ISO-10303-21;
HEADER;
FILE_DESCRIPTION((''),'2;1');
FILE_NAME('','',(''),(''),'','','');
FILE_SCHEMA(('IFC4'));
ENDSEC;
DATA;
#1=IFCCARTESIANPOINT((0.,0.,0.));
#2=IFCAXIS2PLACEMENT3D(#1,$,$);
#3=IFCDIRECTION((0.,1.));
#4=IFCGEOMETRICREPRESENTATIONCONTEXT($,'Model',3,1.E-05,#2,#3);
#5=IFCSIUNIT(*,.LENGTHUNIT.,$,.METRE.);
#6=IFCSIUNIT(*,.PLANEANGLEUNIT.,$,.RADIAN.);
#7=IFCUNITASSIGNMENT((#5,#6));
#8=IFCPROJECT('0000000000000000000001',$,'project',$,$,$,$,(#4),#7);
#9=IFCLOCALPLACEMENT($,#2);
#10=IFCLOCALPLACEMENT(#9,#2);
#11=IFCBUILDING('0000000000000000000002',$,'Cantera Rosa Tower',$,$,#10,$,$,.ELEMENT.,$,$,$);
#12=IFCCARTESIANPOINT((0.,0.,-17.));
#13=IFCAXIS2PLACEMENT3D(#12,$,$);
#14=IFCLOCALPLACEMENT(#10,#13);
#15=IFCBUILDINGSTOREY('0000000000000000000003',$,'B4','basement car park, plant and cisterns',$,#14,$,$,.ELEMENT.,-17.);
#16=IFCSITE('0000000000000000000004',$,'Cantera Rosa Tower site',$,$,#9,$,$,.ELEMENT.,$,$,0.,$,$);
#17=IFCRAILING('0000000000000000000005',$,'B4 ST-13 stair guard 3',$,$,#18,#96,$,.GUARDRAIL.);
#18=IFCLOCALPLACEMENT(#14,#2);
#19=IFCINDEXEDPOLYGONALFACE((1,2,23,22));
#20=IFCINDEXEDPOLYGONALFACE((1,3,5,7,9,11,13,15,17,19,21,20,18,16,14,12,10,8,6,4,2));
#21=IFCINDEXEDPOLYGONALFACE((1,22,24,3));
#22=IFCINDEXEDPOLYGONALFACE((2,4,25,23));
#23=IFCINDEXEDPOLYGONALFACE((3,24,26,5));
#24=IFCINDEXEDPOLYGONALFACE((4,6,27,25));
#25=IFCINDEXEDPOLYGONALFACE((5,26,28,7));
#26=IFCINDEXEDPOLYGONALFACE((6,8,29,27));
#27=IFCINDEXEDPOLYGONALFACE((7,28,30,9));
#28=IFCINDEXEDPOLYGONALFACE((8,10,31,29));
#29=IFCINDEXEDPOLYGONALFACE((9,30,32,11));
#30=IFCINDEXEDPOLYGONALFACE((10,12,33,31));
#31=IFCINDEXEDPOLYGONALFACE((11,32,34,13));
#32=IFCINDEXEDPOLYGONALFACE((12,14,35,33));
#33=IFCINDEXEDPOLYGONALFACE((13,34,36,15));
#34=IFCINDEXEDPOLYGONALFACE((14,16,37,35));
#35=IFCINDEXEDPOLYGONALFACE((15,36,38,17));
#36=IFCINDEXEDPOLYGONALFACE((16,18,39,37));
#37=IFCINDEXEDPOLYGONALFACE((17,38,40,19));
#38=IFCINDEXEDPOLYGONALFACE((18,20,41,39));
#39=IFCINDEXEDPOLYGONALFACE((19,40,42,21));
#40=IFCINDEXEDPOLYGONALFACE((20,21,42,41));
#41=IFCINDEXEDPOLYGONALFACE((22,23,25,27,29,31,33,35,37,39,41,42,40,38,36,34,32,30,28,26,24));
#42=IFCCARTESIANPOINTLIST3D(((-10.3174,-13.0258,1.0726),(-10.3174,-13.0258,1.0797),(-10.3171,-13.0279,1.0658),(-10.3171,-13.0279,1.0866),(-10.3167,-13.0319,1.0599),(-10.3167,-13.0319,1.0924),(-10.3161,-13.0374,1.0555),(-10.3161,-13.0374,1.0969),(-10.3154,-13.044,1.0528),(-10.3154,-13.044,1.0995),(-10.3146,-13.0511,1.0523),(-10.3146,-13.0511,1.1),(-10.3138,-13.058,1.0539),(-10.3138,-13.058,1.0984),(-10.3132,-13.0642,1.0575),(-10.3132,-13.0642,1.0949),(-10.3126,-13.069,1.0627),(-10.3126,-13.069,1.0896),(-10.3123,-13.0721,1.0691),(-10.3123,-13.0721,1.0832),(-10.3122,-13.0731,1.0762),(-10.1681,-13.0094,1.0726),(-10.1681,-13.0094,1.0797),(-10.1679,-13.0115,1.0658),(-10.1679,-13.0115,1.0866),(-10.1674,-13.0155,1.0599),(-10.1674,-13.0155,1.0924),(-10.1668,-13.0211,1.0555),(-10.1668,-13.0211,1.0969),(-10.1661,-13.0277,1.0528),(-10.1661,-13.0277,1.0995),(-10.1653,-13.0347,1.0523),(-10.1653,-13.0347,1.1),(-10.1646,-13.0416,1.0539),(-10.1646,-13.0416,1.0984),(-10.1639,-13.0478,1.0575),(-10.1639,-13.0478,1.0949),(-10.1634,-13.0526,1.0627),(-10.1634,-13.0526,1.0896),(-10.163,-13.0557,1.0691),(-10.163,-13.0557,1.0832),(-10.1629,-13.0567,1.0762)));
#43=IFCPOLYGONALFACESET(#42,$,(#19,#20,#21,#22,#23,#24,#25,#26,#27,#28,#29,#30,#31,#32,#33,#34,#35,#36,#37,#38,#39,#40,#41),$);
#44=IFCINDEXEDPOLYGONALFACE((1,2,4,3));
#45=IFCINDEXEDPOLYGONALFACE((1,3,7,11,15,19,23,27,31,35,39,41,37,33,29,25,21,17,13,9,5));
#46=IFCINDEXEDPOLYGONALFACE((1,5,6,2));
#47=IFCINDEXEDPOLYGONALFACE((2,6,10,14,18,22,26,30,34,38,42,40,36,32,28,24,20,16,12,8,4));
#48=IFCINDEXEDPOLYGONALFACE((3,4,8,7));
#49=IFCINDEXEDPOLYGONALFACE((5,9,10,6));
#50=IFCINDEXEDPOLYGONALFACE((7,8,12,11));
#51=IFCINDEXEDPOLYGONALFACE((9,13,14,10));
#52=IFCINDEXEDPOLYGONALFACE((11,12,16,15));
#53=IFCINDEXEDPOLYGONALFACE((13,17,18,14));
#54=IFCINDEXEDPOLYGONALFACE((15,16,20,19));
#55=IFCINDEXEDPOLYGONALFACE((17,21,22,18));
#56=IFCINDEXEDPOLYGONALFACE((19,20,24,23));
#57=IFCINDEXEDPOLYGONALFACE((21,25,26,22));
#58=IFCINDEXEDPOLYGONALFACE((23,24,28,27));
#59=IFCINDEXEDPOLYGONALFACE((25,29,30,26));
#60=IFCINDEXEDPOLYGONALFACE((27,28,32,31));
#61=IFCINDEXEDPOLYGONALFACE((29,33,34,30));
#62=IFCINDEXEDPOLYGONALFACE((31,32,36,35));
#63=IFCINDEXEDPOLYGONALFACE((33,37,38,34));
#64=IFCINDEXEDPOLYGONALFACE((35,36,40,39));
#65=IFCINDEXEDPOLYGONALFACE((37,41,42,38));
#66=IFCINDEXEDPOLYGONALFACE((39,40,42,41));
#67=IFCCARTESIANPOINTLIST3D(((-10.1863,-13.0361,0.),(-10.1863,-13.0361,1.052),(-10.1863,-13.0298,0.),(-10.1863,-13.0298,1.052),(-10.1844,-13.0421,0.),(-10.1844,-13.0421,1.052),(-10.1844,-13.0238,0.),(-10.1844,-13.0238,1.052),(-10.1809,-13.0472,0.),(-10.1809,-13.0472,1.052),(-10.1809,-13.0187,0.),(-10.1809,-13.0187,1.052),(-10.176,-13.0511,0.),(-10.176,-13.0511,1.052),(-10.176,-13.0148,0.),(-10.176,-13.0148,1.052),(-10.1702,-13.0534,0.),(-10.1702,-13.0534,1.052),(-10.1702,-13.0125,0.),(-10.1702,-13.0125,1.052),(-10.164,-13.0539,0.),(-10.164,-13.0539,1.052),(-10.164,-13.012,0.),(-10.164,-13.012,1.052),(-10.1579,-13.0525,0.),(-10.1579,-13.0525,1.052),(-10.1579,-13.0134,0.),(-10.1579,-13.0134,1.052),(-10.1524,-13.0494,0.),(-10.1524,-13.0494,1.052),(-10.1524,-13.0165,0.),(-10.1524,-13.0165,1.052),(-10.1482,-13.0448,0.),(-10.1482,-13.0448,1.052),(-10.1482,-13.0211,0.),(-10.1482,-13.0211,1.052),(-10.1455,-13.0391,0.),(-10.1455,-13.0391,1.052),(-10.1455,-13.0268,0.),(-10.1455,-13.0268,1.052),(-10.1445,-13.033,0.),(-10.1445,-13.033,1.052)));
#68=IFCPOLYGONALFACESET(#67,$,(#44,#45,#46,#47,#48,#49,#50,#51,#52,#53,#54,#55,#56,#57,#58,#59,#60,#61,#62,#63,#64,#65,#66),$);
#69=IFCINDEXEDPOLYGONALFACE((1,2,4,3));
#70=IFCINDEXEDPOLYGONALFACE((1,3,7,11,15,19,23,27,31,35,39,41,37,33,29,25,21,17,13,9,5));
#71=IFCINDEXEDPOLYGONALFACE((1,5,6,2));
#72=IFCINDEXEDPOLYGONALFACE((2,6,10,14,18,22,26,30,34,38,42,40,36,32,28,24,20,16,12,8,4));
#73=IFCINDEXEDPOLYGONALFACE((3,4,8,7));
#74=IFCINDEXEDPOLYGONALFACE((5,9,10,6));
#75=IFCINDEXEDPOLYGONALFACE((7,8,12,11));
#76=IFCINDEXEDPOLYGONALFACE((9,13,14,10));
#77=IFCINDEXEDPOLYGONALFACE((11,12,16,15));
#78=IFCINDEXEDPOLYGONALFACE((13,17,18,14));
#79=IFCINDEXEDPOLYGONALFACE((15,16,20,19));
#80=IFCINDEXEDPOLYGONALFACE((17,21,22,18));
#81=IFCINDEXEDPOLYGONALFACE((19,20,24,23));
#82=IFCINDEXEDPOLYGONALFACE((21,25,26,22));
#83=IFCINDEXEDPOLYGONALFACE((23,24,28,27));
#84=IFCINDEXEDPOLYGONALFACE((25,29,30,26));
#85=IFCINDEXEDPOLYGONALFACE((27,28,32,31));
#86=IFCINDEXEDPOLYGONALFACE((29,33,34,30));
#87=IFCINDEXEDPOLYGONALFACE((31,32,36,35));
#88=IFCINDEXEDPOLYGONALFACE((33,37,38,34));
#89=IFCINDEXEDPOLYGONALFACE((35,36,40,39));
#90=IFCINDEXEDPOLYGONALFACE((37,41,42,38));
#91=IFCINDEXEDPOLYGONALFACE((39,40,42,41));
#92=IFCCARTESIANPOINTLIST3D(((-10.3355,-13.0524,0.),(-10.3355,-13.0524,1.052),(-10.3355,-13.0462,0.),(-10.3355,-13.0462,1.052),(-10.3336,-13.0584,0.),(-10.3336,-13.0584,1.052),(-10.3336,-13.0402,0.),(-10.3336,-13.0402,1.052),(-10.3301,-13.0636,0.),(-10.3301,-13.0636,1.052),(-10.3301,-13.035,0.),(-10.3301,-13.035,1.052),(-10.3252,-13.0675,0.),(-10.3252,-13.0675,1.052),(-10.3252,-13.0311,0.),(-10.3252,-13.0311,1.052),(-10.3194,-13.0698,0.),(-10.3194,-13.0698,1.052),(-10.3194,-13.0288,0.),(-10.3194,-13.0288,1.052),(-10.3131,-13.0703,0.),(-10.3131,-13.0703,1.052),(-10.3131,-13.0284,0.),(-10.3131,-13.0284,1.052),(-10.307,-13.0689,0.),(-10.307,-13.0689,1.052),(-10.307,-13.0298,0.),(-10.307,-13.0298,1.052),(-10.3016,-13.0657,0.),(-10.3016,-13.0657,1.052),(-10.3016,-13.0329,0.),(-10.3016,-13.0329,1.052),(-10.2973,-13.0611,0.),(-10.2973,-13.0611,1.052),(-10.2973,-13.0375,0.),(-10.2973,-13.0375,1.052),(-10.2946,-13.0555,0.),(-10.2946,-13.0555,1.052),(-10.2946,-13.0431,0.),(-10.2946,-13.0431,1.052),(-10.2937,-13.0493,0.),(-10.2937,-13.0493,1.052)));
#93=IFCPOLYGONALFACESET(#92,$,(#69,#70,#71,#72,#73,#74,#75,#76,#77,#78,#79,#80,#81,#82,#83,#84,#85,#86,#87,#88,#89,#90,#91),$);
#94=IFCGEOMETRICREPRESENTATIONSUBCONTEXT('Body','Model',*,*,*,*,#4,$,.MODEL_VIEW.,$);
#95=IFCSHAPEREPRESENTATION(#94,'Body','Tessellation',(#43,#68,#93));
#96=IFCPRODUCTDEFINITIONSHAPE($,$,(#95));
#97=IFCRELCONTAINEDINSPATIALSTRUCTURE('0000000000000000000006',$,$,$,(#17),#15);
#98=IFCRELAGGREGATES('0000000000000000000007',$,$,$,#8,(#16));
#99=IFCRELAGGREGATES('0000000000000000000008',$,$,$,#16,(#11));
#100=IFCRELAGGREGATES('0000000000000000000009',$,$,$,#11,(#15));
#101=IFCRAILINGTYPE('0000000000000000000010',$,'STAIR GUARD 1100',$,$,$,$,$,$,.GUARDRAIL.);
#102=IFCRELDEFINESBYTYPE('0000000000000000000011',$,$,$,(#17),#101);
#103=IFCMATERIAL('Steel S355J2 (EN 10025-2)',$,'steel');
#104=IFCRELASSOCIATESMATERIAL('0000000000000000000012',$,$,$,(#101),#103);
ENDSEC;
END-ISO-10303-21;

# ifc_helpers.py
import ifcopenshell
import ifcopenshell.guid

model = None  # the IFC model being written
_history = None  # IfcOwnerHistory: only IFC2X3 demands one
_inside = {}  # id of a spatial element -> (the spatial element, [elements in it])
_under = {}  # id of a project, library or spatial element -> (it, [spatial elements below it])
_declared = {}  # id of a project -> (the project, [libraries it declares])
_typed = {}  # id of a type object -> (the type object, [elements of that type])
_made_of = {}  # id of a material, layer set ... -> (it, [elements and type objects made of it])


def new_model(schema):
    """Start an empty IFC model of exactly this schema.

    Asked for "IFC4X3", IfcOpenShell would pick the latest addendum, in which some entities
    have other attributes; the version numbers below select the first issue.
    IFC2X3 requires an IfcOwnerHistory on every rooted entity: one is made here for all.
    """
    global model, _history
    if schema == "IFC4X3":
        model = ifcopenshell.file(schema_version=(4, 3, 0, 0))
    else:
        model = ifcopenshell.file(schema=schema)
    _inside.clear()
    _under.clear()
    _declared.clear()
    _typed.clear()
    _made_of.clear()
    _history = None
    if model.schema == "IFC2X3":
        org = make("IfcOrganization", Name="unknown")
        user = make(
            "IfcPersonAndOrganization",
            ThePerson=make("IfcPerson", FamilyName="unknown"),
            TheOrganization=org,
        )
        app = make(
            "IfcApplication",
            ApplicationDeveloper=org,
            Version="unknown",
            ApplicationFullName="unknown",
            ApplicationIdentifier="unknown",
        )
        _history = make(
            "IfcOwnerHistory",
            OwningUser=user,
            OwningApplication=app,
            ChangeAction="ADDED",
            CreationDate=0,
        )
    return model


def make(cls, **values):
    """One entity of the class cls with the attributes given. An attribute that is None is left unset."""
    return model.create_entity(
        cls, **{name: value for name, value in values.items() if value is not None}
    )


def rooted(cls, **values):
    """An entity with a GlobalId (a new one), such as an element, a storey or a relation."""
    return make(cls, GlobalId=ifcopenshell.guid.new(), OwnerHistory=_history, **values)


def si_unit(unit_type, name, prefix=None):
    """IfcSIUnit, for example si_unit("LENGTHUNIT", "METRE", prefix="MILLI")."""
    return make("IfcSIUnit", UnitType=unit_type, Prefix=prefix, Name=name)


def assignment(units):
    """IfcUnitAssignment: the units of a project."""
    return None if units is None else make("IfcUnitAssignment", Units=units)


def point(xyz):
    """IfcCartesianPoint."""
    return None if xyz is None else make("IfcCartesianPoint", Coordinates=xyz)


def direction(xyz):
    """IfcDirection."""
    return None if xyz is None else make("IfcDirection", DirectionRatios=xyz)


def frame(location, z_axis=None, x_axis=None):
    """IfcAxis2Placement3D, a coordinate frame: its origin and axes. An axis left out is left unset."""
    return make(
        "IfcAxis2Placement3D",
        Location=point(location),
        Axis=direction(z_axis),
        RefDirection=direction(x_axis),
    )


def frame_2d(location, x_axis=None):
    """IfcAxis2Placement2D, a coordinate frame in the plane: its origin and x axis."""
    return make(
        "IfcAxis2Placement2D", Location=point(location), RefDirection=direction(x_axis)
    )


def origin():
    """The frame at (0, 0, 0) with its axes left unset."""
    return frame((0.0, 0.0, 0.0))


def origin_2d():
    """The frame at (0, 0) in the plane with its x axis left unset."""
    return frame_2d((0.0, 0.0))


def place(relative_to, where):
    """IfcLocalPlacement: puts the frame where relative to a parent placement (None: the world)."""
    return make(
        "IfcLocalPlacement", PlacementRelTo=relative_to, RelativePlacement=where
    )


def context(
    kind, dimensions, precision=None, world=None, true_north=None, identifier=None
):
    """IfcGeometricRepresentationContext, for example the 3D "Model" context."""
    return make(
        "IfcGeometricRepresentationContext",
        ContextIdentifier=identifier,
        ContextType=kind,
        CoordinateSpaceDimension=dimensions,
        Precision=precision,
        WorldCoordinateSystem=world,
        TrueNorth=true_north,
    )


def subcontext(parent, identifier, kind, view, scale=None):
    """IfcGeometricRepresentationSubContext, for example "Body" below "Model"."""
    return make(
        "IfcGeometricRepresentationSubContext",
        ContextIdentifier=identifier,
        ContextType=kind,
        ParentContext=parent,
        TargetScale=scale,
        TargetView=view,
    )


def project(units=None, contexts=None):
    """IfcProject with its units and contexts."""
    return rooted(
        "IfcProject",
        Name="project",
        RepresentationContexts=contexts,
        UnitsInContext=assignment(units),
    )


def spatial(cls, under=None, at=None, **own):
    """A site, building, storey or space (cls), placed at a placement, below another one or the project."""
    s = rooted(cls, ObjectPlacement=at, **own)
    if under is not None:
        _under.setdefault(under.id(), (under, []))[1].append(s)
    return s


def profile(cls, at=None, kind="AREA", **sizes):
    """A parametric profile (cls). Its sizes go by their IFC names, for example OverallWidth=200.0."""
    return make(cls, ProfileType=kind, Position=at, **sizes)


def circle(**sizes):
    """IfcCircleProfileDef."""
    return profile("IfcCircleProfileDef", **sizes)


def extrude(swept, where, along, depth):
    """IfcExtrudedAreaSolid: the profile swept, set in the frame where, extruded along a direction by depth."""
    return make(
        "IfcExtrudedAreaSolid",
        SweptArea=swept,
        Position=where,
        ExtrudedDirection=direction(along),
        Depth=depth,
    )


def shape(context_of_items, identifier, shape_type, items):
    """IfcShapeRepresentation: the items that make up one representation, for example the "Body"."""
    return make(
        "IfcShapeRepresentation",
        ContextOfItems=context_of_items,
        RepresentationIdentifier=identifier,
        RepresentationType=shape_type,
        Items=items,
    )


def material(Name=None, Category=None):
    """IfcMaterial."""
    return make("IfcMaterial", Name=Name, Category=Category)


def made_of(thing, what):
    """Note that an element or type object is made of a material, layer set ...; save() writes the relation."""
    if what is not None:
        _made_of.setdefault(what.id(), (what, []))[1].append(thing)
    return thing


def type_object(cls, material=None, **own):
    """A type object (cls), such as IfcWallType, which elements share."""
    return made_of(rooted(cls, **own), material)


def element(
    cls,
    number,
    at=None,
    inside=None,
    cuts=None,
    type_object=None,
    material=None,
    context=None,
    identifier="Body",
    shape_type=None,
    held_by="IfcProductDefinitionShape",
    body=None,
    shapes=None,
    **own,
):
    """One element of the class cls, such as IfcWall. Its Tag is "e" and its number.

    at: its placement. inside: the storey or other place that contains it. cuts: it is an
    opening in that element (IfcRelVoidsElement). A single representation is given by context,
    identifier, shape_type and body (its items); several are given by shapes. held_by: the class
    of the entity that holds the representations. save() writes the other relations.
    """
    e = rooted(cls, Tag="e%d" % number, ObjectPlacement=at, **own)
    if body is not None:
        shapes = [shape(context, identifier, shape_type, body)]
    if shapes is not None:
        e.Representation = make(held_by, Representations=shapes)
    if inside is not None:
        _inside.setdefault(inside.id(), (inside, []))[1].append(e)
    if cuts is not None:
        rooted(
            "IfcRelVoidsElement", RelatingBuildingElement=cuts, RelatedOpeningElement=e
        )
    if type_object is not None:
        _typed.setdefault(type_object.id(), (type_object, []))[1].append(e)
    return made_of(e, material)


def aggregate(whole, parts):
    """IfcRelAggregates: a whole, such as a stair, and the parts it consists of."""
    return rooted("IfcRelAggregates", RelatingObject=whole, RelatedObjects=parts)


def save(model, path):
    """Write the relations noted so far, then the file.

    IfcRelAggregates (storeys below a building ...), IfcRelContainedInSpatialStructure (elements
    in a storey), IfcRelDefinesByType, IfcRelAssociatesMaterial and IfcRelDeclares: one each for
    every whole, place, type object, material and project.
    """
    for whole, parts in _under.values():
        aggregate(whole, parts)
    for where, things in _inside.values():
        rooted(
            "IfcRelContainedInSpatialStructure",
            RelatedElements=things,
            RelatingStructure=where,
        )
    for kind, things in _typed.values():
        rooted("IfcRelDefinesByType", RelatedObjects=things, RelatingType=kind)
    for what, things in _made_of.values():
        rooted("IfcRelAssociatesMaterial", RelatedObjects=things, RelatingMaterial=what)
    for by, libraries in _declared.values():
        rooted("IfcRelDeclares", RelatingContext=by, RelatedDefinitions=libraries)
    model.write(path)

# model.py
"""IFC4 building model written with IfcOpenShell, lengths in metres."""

from ifc_helpers import new_model, si_unit, direction, frame, origin, origin_2d, place, context, subcontext, project, spatial, circle, extrude, material, type_object, element, save


model = new_model("IFC4")

# Units and contexts
model_context = context("Model", 3, precision=1e-05, world=origin(), true_north=direction((0.0, 1.0)))
body_context = subcontext(model_context, "Body", "Model", "MODEL_VIEW")
ifc_project = project(units=[si_unit("LENGTHUNIT", "METRE"), si_unit("PLANEANGLEUNIT", "RADIAN")], contexts=[model_context])

# Site, building, storey
site_placement = place(None, origin())
site = spatial("IfcSite", under=ifc_project, at=site_placement, Name="Cantera Rosa Tower site", CompositionType="ELEMENT", RefElevation=0.0)
building_placement = place(site_placement, origin())
building = spatial("IfcBuilding", under=site, at=building_placement, Name="Cantera Rosa Tower", CompositionType="ELEMENT")
storey_placement = place(building_placement, frame((0.0, 0.0, -17.0)))
storey = spatial("IfcBuildingStorey", under=building, at=storey_placement, Name="B4", Description="basement car park, plant and cisterns", CompositionType="ELEMENT", Elevation=-17.0)

# Railing
ifc_material_1 = material(Name="Steel S355J2 (EN 10025-2)", Category="steel")
railing_type_1 = type_object("IfcRailingType", Name="STAIR GUARD 1100", PredefinedType="GUARDRAIL", material=ifc_material_1)
railing_1_placement = place(storey_placement, frame((-10.1655, -13.033, 0.0)))
element("IfcRailing", 1, at=railing_1_placement, inside=storey, type_object=railing_type_1, Name="B4 ST-13 stair guard 3", PredefinedType="GUARDRAIL", context=body_context, shape_type="SweptSolid", body=[
    extrude(circle(Radius=0.0239, at=origin_2d()), frame((0.0, 0.0, 1.0762), z_axis=(-0.994041, -0.109003, 0.0), x_axis=(0.109003, -0.994041, 0.0)), (0.0, 0.0, 1.0), 0.1501),
    extrude(circle(Radius=0.021, at=origin_2d()), origin(), (0.0, 0.0, 1.0), 1.052),
    extrude(circle(Radius=0.021, at=origin_2d()), frame((-0.1492, -0.0164, 0.0)), (0.0, 0.0, 1.0), 1.052),
])

save(model, "model.ifc")
